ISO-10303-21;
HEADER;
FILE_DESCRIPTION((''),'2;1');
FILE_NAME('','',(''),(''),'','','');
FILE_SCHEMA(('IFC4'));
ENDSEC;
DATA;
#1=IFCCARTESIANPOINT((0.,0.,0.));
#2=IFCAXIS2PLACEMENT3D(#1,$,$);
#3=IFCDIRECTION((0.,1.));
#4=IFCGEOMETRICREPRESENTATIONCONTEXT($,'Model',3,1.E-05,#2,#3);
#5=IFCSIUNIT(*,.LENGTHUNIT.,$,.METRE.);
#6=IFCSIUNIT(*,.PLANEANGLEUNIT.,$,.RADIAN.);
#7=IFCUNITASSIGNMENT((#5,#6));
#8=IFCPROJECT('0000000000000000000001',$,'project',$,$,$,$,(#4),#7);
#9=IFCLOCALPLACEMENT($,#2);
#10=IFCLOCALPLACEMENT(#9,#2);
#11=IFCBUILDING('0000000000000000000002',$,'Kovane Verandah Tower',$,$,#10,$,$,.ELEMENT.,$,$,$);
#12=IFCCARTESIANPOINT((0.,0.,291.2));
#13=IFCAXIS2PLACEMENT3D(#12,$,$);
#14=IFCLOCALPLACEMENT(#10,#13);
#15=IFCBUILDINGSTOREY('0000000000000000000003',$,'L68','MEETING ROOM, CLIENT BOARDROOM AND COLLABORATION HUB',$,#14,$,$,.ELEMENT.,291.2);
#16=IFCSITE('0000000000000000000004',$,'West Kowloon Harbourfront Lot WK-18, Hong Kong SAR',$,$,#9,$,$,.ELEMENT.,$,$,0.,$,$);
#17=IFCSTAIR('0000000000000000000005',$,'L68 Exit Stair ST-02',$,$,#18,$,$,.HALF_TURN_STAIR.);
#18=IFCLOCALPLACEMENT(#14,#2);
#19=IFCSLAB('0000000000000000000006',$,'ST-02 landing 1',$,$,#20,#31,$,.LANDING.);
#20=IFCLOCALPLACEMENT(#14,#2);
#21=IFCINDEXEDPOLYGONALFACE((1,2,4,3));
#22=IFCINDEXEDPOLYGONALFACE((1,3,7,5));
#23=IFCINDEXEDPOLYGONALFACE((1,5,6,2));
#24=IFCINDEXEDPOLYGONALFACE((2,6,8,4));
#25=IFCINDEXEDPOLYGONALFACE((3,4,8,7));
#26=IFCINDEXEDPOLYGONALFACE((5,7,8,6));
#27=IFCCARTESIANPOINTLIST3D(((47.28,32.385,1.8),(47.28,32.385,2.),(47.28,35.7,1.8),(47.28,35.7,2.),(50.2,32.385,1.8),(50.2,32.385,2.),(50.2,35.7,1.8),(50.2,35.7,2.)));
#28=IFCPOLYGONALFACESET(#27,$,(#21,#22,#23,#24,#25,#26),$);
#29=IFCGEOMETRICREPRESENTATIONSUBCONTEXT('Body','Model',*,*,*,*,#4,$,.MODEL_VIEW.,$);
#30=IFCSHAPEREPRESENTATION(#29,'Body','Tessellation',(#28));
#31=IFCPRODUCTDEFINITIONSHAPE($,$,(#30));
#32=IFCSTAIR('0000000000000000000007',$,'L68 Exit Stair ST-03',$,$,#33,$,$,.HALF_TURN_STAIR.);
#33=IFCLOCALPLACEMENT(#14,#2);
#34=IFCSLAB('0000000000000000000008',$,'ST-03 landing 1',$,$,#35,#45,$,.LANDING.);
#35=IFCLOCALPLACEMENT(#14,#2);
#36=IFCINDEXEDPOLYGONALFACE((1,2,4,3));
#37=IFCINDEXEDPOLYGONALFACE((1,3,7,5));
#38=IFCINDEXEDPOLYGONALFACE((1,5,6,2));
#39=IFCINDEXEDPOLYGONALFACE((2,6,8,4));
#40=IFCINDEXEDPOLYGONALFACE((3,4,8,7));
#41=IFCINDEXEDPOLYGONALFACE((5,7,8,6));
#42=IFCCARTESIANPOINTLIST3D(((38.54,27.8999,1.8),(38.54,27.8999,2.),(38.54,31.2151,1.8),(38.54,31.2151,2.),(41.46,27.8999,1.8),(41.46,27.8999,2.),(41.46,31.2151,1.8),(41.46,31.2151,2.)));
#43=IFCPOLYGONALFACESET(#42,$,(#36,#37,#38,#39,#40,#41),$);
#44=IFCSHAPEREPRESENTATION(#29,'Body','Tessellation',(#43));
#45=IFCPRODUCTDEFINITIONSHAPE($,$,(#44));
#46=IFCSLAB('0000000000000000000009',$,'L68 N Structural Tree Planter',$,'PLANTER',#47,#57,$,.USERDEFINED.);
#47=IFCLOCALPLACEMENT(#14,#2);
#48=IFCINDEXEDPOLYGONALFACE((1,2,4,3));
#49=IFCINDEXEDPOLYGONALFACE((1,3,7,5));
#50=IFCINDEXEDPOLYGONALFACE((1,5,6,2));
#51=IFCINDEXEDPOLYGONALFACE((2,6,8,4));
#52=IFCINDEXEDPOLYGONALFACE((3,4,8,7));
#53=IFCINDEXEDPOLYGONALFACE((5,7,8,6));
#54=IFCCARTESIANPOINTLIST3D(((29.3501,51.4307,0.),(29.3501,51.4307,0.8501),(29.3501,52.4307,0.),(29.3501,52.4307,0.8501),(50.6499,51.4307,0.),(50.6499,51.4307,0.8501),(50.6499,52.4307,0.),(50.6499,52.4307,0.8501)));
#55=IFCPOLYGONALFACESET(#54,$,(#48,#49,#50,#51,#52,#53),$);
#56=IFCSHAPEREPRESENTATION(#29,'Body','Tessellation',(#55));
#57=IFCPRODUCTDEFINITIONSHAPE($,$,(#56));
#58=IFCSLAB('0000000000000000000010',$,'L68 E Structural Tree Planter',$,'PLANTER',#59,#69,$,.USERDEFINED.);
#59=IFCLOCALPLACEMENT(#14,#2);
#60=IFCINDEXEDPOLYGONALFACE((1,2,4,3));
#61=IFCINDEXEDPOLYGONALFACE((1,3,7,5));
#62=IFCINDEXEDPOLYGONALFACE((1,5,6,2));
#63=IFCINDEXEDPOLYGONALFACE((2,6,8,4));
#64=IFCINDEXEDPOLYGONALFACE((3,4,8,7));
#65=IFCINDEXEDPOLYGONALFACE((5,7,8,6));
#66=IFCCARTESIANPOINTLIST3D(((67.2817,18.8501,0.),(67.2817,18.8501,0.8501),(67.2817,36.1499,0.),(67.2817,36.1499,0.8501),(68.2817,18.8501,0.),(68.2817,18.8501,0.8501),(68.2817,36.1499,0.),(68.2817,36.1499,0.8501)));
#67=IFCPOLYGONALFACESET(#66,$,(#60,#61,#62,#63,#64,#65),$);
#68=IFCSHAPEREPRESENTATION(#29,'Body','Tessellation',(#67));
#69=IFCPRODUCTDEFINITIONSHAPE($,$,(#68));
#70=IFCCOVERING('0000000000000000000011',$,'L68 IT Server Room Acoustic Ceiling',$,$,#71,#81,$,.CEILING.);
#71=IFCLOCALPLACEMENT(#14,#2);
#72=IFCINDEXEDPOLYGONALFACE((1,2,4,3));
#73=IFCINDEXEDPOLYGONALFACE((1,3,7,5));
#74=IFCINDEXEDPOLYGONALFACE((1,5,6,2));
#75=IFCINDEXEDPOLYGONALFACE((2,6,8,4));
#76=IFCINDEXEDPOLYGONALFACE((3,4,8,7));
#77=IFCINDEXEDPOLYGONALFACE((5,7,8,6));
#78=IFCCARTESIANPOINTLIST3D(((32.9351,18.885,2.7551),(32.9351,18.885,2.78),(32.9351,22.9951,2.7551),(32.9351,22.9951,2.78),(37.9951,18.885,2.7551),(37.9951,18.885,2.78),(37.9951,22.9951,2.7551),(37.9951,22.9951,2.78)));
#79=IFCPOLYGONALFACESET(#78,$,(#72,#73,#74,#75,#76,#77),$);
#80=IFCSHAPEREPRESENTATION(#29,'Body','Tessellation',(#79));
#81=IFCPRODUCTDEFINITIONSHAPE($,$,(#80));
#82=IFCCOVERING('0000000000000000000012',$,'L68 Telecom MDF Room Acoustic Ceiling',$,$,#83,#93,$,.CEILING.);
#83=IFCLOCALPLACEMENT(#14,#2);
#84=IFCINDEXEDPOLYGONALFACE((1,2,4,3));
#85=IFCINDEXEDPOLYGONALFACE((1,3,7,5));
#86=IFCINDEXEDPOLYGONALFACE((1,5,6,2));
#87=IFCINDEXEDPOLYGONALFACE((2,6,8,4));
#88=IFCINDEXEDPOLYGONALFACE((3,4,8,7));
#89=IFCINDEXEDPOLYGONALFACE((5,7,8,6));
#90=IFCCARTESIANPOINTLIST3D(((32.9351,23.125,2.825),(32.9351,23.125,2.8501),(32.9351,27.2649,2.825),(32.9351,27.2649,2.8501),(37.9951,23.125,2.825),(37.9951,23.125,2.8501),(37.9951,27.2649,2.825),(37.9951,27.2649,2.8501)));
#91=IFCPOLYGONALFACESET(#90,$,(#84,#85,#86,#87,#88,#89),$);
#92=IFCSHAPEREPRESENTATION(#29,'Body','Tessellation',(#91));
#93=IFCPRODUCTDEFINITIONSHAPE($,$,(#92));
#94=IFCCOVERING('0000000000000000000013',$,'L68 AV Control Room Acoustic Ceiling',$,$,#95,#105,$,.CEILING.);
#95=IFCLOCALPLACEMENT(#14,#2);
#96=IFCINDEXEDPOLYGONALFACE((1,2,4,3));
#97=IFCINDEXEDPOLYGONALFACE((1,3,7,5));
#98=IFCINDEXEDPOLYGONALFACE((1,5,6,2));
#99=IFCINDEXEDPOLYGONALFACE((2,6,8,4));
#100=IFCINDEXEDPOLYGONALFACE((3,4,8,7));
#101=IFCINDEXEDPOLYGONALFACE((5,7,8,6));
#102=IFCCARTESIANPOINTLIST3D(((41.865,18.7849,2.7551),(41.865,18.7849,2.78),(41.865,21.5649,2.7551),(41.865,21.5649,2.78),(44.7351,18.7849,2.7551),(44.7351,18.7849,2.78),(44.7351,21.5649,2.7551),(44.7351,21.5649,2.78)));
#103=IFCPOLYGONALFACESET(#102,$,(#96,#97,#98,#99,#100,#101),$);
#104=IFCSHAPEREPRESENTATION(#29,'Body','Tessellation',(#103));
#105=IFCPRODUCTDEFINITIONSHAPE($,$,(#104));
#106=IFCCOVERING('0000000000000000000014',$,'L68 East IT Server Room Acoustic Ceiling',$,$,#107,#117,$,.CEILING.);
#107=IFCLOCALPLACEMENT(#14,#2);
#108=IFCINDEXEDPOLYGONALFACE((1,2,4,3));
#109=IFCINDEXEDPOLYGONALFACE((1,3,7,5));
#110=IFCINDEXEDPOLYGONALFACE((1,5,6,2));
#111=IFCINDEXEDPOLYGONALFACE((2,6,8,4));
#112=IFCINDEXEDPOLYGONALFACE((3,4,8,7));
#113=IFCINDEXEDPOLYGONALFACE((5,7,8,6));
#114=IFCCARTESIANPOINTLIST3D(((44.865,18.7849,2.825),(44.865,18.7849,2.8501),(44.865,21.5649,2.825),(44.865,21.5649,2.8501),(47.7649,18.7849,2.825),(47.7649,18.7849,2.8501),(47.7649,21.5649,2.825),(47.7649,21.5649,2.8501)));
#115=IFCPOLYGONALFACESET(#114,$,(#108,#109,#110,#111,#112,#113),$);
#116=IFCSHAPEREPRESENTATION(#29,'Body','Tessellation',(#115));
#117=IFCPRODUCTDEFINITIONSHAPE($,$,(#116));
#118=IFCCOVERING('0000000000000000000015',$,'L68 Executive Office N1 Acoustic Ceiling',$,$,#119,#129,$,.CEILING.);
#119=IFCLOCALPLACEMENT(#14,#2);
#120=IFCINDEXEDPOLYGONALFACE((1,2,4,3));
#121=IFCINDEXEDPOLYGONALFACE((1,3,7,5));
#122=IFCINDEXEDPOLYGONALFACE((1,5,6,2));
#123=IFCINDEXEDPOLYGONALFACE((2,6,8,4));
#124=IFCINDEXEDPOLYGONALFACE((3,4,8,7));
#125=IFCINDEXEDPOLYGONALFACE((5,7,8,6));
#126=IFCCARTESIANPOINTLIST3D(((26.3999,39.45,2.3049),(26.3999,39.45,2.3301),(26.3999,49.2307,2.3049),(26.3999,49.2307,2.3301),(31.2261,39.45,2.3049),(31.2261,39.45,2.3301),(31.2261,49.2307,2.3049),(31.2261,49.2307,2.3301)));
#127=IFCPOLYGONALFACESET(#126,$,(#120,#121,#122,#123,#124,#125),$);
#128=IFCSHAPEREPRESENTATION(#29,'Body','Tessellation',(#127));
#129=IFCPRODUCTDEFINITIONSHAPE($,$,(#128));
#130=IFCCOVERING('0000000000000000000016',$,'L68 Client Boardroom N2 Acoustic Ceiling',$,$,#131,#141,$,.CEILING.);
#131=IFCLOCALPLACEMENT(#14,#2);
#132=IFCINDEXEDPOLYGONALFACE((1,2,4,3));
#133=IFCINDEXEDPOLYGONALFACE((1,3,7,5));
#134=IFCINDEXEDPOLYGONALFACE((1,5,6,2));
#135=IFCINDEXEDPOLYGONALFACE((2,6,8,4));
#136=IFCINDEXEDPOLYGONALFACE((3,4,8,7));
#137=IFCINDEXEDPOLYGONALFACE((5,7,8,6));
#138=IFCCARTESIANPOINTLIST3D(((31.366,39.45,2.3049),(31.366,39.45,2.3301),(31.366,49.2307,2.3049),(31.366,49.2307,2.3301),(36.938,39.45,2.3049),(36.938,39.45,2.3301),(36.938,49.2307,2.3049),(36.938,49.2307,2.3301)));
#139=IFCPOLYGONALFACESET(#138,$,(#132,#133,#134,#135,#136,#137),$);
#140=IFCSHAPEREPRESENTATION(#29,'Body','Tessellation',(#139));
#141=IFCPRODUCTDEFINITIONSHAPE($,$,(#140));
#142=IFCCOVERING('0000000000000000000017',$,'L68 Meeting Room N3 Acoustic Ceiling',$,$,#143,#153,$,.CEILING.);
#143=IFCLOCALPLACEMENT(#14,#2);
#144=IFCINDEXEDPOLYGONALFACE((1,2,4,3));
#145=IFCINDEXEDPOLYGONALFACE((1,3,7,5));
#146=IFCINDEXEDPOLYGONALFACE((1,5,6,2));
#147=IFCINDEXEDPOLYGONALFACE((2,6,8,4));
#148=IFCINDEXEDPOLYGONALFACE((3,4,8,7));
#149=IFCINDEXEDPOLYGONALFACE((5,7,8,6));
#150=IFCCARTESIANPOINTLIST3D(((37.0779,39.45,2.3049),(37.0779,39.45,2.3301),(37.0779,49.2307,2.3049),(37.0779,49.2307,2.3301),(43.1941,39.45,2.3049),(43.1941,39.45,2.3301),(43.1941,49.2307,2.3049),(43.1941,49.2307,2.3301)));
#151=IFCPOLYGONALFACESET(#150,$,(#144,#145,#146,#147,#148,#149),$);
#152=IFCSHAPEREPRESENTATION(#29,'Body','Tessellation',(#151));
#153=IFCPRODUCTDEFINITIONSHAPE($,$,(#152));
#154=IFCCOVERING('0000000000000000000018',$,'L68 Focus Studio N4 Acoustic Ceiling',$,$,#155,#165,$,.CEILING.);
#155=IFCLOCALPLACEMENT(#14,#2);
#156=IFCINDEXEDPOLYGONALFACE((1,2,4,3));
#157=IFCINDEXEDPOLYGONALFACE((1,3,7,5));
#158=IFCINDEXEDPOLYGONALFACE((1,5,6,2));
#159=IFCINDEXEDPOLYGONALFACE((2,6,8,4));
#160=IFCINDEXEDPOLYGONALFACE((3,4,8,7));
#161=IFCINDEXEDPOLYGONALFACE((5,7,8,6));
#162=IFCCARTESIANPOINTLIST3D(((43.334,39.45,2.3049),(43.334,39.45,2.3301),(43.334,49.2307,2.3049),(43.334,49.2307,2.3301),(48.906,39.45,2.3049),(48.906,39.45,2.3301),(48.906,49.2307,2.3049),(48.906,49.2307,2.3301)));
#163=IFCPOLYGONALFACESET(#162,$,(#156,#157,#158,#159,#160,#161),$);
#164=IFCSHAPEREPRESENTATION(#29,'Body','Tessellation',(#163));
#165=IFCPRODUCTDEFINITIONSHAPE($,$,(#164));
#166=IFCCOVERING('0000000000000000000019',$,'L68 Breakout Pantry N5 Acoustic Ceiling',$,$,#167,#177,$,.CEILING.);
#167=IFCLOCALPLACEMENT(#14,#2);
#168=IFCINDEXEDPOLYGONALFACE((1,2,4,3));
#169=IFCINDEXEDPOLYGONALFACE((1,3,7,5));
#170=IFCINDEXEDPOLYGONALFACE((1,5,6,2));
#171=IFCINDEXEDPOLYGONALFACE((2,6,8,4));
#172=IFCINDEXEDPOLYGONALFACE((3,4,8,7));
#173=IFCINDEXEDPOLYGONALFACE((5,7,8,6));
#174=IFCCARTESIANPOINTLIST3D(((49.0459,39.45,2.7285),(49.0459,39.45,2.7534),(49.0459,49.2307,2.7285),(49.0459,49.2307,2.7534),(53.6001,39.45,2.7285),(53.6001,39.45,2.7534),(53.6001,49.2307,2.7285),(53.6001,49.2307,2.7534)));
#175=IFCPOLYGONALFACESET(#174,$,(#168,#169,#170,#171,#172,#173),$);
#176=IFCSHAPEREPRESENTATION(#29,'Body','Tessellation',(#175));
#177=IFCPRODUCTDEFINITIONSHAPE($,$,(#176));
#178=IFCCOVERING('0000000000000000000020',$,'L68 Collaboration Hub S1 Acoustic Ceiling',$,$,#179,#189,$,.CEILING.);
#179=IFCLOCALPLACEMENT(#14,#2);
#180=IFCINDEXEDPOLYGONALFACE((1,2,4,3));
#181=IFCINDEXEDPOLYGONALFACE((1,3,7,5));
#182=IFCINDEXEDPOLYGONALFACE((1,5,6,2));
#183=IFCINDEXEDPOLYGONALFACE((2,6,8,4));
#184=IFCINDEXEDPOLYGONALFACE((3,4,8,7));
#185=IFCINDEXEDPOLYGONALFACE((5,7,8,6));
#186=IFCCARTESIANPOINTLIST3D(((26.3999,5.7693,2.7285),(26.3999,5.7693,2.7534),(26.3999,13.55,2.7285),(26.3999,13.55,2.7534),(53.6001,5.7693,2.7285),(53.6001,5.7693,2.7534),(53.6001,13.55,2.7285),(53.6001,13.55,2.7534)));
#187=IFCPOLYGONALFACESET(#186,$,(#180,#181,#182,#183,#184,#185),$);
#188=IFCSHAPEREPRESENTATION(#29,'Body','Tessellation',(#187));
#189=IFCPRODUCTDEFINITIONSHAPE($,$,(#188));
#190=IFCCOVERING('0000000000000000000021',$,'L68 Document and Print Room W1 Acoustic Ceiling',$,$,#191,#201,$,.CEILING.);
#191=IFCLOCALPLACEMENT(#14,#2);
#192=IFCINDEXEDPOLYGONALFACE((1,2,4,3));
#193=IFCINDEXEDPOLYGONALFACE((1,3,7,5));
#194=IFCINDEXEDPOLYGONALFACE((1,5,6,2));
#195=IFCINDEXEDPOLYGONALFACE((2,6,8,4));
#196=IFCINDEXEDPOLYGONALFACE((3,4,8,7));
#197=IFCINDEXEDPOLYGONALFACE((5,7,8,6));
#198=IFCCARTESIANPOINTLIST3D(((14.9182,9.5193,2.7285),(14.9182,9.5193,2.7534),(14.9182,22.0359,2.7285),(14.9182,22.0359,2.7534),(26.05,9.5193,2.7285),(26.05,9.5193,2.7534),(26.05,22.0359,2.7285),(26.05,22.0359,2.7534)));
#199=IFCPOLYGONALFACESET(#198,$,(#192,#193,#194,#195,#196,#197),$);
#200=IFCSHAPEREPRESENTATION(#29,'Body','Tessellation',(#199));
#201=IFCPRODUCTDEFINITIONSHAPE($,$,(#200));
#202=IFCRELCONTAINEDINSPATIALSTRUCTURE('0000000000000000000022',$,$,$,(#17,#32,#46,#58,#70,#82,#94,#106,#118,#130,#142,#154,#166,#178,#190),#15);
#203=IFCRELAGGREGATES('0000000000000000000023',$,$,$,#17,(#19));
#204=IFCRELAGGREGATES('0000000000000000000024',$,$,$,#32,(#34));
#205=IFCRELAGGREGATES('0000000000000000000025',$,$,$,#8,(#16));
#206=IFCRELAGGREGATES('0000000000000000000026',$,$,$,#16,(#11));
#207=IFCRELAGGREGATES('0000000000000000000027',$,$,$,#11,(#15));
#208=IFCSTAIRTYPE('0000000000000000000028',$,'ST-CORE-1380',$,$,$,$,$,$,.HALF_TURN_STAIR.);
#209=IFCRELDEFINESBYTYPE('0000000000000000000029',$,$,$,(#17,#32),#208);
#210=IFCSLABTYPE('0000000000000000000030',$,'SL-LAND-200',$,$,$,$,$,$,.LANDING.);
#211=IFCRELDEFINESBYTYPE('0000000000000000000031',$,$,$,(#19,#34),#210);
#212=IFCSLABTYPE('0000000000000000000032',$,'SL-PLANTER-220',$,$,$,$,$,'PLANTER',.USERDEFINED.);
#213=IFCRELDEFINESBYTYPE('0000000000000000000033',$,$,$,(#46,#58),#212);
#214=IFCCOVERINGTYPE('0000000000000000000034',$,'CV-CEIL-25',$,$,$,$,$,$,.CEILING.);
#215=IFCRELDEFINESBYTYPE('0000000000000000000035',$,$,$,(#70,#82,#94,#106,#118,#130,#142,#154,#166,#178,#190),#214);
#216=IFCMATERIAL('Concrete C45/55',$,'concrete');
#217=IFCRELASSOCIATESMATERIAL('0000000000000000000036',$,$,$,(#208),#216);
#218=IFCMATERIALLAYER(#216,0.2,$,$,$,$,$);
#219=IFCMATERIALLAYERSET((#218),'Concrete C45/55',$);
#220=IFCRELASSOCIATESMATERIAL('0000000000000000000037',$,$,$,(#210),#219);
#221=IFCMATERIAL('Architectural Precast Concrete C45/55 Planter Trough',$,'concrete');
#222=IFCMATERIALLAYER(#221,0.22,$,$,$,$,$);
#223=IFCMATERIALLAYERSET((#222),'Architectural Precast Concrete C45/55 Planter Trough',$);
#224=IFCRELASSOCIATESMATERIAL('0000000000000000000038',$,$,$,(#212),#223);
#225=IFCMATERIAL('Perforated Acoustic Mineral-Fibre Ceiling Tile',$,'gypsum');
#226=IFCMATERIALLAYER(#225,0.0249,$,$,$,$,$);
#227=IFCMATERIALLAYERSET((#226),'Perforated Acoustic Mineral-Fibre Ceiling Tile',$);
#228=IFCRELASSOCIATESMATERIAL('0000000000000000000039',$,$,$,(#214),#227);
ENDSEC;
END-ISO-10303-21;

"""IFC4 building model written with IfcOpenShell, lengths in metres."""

from ifc_helpers import new_model, si_unit, direction, frame, origin, place, context, subcontext, project, spatial, polyline, outline, extrude, material, layer, layer_set, type_object, element, aggregate, save


model = new_model("IFC4")

# Units and contexts
model_context = context("Model", 3, precision=1e-05, world=origin(), true_north=direction((0.0, 1.0)))
body_context = subcontext(model_context, "Body", "Model", "MODEL_VIEW")
ifc_project = project(units=[si_unit("LENGTHUNIT", "METRE"), si_unit("PLANEANGLEUNIT", "RADIAN")], contexts=[model_context])

# Site, building, storey
site_placement = place(None, origin())
site = spatial("IfcSite", under=ifc_project, at=site_placement, Name="West Kowloon Harbourfront Lot WK-18, Hong Kong SAR", CompositionType="ELEMENT", RefElevation=0.0)
building_placement = place(site_placement, origin())
building = spatial("IfcBuilding", under=site, at=building_placement, Name="Kovane Verandah Tower", CompositionType="ELEMENT")
storey_placement = place(building_placement, frame((0.0, 0.0, 291.2)))
storey = spatial("IfcBuildingStorey", under=building, at=storey_placement, Name="L68", Description="MEETING ROOM, CLIENT BOARDROOM AND COLLABORATION HUB", CompositionType="ELEMENT", Elevation=291.2)

# Shared definitions
ifc_material_1 = material(Name="Concrete C45/55", Category="concrete")

# Stairs, slabs
stair_type = type_object("IfcStairType", Name="ST-CORE-1380", PredefinedType="HALF_TURN_STAIR", material=ifc_material_1)
ifc_layer_1 = layer(ifc_material_1, 0.2)
ifc_layer_set_1 = layer_set([ifc_layer_1], Name="Concrete C45/55")
slab_type_1 = type_object("IfcSlabType", Name="SL-LAND-200", PredefinedType="LANDING", material=ifc_layer_set_1)
stair_1_placement = place(storey_placement, origin())
stair_1 = element("IfcStair", 1, at=stair_1_placement, inside=storey, type_object=stair_type, Name="L68 Exit Stair ST-02", PredefinedType="HALF_TURN_STAIR")
slab_1_placement = place(storey_placement, frame((0.0, 0.0, 1.8)))
slab_1 = element("IfcSlab", 2, at=slab_1_placement, type_object=slab_type_1, Name="ST-02 landing 1", PredefinedType="LANDING", context=body_context, shape_type="SweptSolid", body=[
    extrude(outline(polyline([(50.2, 32.385), (50.2, 35.7), (47.28, 35.7), (47.28, 32.385), (50.2, 32.385)])), origin(), (0.0, 0.0, 1.0), 0.2),
])
aggregate(stair_1, [slab_1])
stair_2_placement = place(storey_placement, origin())
stair_2 = element("IfcStair", 3, at=stair_2_placement, inside=storey, type_object=stair_type, Name="L68 Exit Stair ST-03", PredefinedType="HALF_TURN_STAIR")
slab_2_placement = place(storey_placement, frame((0.0, 0.0, 1.8)))
slab_2 = element("IfcSlab", 4, at=slab_2_placement, type_object=slab_type_1, Name="ST-03 landing 1", PredefinedType="LANDING", context=body_context, shape_type="SweptSolid", body=[
    extrude(outline(polyline([(38.54, 31.2151), (38.54, 27.8999), (41.46, 27.8999), (41.46, 31.2151), (38.54, 31.2151)])), origin(), (0.0, 0.0, 1.0), 0.2),
])
aggregate(stair_2, [slab_2])

# Slabs
ifc_material_2 = material(Name="Architectural Precast Concrete C45/55 Planter Trough", Category="concrete")
ifc_layer_2 = layer(ifc_material_2, 0.22)
ifc_layer_set_2 = layer_set([ifc_layer_2], Name="Architectural Precast Concrete C45/55 Planter Trough")
slab_type_2 = type_object("IfcSlabType", Name="SL-PLANTER-220", ElementType="PLANTER", PredefinedType="USERDEFINED", material=ifc_layer_set_2)
slab_3_placement = place(storey_placement, origin())
element("IfcSlab", 5, at=slab_3_placement, inside=storey, type_object=slab_type_2, Name="L68 N Structural Tree Planter", ObjectType="PLANTER", PredefinedType="USERDEFINED", context=body_context, shape_type="SweptSolid", body=[
    extrude(outline(polyline([(29.3501, 51.4307), (50.6499, 51.4307), (50.6499, 52.4307), (29.3501, 52.4307), (29.3501, 51.4307)])), origin(), (0.0, 0.0, 1.0), 0.8501),
])
slab_4_placement = place(storey_placement, origin())
element("IfcSlab", 6, at=slab_4_placement, inside=storey, type_object=slab_type_2, Name="L68 E Structural Tree Planter", ObjectType="PLANTER", PredefinedType="USERDEFINED", context=body_context, shape_type="SweptSolid", body=[
    extrude(outline(polyline([(67.2817, 18.8501), (68.2817, 18.8501), (68.2817, 36.1499), (67.2817, 36.1499), (67.2817, 18.8501)])), origin(), (0.0, 0.0, 1.0), 0.8501),
])

# Coverings
ifc_material_3 = material(Name="Perforated Acoustic Mineral-Fibre Ceiling Tile", Category="gypsum")
ifc_layer_3 = layer(ifc_material_3, 0.0249)
ifc_layer_set_3 = layer_set([ifc_layer_3], Name="Perforated Acoustic Mineral-Fibre Ceiling Tile")
covering_type_1 = type_object("IfcCoveringType", Name="CV-CEIL-25", PredefinedType="CEILING", material=ifc_layer_set_3)
covering_1_placement = place(storey_placement, frame((0.0, 0.0, 2.7551)))
element("IfcCovering", 7, at=covering_1_placement, inside=storey, type_object=covering_type_1, Name="L68 IT Server Room Acoustic Ceiling", PredefinedType="CEILING", context=body_context, shape_type="SweptSolid", body=[
    extrude(outline(polyline([(32.9351, 18.885), (37.9951, 18.885), (37.9951, 22.9951), (32.9351, 22.9951), (32.9351, 18.885)])), origin(), (0.0, 0.0, 1.0), 0.0249),
])
covering_2_placement = place(storey_placement, frame((0.0, 0.0, 2.825)))
element("IfcCovering", 8, at=covering_2_placement, inside=storey, type_object=covering_type_1, Name="L68 Telecom MDF Room Acoustic Ceiling", PredefinedType="CEILING", context=body_context, shape_type="SweptSolid", body=[
    extrude(outline(polyline([(32.9351, 23.125), (37.9951, 23.125), (37.9951, 27.2649), (32.9351, 27.2649), (32.9351, 23.125)])), origin(), (0.0, 0.0, 1.0), 0.0251),
])
covering_3_placement = place(storey_placement, frame((0.0, 0.0, 2.7551)))
element("IfcCovering", 9, at=covering_3_placement, inside=storey, type_object=covering_type_1, Name="L68 AV Control Room Acoustic Ceiling", PredefinedType="CEILING", context=body_context, shape_type="SweptSolid", body=[
    extrude(outline(polyline([(41.865, 18.7849), (44.7351, 18.7849), (44.7351, 21.5649), (41.865, 21.5649), (41.865, 18.7849)])), origin(), (0.0, 0.0, 1.0), 0.0249),
])
covering_4_placement = place(storey_placement, frame((0.0, 0.0, 2.825)))
element("IfcCovering", 10, at=covering_4_placement, inside=storey, type_object=covering_type_1, Name="L68 East IT Server Room Acoustic Ceiling", PredefinedType="CEILING", context=body_context, shape_type="SweptSolid", body=[
    extrude(outline(polyline([(44.865, 18.7849), (47.7649, 18.7849), (47.7649, 21.5649), (44.865, 21.5649), (44.865, 18.7849)])), origin(), (0.0, 0.0, 1.0), 0.0251),
])
covering_5_placement = place(storey_placement, frame((0.0, 0.0, 2.3049)))
element("IfcCovering", 11, at=covering_5_placement, inside=storey, type_object=covering_type_1, Name="L68 Executive Office N1 Acoustic Ceiling", PredefinedType="CEILING", context=body_context, shape_type="SweptSolid", body=[
    extrude(outline(polyline([(26.3999, 39.45), (31.2261, 39.45), (31.2261, 49.2307), (26.3999, 49.2307), (26.3999, 39.45)])), origin(), (0.0, 0.0, 1.0), 0.0251),
])
covering_6_placement = place(storey_placement, frame((0.0, 0.0, 2.3049)))
element("IfcCovering", 12, at=covering_6_placement, inside=storey, type_object=covering_type_1, Name="L68 Client Boardroom N2 Acoustic Ceiling", PredefinedType="CEILING", context=body_context, shape_type="SweptSolid", body=[
    extrude(outline(polyline([(31.366, 39.45), (36.938, 39.45), (36.938, 49.2307), (31.366, 49.2307), (31.366, 39.45)])), origin(), (0.0, 0.0, 1.0), 0.0251),
])
covering_7_placement = place(storey_placement, frame((0.0, 0.0, 2.3049)))
element("IfcCovering", 13, at=covering_7_placement, inside=storey, type_object=covering_type_1, Name="L68 Meeting Room N3 Acoustic Ceiling", PredefinedType="CEILING", context=body_context, shape_type="SweptSolid", body=[
    extrude(outline(polyline([(37.0779, 39.45), (43.1941, 39.45), (43.1941, 49.2307), (37.0779, 49.2307), (37.0779, 39.45)])), origin(), (0.0, 0.0, 1.0), 0.0251),
])
covering_8_placement = place(storey_placement, frame((0.0, 0.0, 2.3049)))
element("IfcCovering", 14, at=covering_8_placement, inside=storey, type_object=covering_type_1, Name="L68 Focus Studio N4 Acoustic Ceiling", PredefinedType="CEILING", context=body_context, shape_type="SweptSolid", body=[
    extrude(outline(polyline([(43.334, 39.45), (48.906, 39.45), (48.906, 49.2307), (43.334, 49.2307), (43.334, 39.45)])), origin(), (0.0, 0.0, 1.0), 0.0251),
])
covering_9_placement = place(storey_placement, frame((0.0, 0.0, 2.7285)))
element("IfcCovering", 15, at=covering_9_placement, inside=storey, type_object=covering_type_1, Name="L68 Breakout Pantry N5 Acoustic Ceiling", PredefinedType="CEILING", context=body_context, shape_type="SweptSolid", body=[
    extrude(outline(polyline([(49.0459, 39.45), (53.6001, 39.45), (53.6001, 49.2307), (49.0459, 49.2307), (49.0459, 39.45)])), origin(), (0.0, 0.0, 1.0), 0.0249),
])
covering_10_placement = place(storey_placement, frame((0.0, 0.0, 2.7285)))
element("IfcCovering", 16, at=covering_10_placement, inside=storey, type_object=covering_type_1, Name="L68 Collaboration Hub S1 Acoustic Ceiling", PredefinedType="CEILING", context=body_context, shape_type="SweptSolid", body=[
    extrude(outline(polyline([(26.3999, 5.7693), (53.6001, 5.7693), (53.6001, 13.55), (26.3999, 13.55), (26.3999, 5.7693)])), origin(), (0.0, 0.0, 1.0), 0.0249),
])
covering_11_placement = place(storey_placement, frame((0.0, 0.0, 2.7285)))
element("IfcCovering", 17, at=covering_11_placement, inside=storey, type_object=covering_type_1, Name="L68 Document and Print Room W1 Acoustic Ceiling", PredefinedType="CEILING", context=body_context, shape_type="SweptSolid", body=[
    extrude(outline(polyline([(14.9182, 9.5193), (26.05, 9.5193), (26.05, 22.0359), (14.9182, 22.0359), (14.9182, 9.5193)])), origin(), (0.0, 0.0, 1.0), 0.0249),
])

save(model, "model.ifc")
